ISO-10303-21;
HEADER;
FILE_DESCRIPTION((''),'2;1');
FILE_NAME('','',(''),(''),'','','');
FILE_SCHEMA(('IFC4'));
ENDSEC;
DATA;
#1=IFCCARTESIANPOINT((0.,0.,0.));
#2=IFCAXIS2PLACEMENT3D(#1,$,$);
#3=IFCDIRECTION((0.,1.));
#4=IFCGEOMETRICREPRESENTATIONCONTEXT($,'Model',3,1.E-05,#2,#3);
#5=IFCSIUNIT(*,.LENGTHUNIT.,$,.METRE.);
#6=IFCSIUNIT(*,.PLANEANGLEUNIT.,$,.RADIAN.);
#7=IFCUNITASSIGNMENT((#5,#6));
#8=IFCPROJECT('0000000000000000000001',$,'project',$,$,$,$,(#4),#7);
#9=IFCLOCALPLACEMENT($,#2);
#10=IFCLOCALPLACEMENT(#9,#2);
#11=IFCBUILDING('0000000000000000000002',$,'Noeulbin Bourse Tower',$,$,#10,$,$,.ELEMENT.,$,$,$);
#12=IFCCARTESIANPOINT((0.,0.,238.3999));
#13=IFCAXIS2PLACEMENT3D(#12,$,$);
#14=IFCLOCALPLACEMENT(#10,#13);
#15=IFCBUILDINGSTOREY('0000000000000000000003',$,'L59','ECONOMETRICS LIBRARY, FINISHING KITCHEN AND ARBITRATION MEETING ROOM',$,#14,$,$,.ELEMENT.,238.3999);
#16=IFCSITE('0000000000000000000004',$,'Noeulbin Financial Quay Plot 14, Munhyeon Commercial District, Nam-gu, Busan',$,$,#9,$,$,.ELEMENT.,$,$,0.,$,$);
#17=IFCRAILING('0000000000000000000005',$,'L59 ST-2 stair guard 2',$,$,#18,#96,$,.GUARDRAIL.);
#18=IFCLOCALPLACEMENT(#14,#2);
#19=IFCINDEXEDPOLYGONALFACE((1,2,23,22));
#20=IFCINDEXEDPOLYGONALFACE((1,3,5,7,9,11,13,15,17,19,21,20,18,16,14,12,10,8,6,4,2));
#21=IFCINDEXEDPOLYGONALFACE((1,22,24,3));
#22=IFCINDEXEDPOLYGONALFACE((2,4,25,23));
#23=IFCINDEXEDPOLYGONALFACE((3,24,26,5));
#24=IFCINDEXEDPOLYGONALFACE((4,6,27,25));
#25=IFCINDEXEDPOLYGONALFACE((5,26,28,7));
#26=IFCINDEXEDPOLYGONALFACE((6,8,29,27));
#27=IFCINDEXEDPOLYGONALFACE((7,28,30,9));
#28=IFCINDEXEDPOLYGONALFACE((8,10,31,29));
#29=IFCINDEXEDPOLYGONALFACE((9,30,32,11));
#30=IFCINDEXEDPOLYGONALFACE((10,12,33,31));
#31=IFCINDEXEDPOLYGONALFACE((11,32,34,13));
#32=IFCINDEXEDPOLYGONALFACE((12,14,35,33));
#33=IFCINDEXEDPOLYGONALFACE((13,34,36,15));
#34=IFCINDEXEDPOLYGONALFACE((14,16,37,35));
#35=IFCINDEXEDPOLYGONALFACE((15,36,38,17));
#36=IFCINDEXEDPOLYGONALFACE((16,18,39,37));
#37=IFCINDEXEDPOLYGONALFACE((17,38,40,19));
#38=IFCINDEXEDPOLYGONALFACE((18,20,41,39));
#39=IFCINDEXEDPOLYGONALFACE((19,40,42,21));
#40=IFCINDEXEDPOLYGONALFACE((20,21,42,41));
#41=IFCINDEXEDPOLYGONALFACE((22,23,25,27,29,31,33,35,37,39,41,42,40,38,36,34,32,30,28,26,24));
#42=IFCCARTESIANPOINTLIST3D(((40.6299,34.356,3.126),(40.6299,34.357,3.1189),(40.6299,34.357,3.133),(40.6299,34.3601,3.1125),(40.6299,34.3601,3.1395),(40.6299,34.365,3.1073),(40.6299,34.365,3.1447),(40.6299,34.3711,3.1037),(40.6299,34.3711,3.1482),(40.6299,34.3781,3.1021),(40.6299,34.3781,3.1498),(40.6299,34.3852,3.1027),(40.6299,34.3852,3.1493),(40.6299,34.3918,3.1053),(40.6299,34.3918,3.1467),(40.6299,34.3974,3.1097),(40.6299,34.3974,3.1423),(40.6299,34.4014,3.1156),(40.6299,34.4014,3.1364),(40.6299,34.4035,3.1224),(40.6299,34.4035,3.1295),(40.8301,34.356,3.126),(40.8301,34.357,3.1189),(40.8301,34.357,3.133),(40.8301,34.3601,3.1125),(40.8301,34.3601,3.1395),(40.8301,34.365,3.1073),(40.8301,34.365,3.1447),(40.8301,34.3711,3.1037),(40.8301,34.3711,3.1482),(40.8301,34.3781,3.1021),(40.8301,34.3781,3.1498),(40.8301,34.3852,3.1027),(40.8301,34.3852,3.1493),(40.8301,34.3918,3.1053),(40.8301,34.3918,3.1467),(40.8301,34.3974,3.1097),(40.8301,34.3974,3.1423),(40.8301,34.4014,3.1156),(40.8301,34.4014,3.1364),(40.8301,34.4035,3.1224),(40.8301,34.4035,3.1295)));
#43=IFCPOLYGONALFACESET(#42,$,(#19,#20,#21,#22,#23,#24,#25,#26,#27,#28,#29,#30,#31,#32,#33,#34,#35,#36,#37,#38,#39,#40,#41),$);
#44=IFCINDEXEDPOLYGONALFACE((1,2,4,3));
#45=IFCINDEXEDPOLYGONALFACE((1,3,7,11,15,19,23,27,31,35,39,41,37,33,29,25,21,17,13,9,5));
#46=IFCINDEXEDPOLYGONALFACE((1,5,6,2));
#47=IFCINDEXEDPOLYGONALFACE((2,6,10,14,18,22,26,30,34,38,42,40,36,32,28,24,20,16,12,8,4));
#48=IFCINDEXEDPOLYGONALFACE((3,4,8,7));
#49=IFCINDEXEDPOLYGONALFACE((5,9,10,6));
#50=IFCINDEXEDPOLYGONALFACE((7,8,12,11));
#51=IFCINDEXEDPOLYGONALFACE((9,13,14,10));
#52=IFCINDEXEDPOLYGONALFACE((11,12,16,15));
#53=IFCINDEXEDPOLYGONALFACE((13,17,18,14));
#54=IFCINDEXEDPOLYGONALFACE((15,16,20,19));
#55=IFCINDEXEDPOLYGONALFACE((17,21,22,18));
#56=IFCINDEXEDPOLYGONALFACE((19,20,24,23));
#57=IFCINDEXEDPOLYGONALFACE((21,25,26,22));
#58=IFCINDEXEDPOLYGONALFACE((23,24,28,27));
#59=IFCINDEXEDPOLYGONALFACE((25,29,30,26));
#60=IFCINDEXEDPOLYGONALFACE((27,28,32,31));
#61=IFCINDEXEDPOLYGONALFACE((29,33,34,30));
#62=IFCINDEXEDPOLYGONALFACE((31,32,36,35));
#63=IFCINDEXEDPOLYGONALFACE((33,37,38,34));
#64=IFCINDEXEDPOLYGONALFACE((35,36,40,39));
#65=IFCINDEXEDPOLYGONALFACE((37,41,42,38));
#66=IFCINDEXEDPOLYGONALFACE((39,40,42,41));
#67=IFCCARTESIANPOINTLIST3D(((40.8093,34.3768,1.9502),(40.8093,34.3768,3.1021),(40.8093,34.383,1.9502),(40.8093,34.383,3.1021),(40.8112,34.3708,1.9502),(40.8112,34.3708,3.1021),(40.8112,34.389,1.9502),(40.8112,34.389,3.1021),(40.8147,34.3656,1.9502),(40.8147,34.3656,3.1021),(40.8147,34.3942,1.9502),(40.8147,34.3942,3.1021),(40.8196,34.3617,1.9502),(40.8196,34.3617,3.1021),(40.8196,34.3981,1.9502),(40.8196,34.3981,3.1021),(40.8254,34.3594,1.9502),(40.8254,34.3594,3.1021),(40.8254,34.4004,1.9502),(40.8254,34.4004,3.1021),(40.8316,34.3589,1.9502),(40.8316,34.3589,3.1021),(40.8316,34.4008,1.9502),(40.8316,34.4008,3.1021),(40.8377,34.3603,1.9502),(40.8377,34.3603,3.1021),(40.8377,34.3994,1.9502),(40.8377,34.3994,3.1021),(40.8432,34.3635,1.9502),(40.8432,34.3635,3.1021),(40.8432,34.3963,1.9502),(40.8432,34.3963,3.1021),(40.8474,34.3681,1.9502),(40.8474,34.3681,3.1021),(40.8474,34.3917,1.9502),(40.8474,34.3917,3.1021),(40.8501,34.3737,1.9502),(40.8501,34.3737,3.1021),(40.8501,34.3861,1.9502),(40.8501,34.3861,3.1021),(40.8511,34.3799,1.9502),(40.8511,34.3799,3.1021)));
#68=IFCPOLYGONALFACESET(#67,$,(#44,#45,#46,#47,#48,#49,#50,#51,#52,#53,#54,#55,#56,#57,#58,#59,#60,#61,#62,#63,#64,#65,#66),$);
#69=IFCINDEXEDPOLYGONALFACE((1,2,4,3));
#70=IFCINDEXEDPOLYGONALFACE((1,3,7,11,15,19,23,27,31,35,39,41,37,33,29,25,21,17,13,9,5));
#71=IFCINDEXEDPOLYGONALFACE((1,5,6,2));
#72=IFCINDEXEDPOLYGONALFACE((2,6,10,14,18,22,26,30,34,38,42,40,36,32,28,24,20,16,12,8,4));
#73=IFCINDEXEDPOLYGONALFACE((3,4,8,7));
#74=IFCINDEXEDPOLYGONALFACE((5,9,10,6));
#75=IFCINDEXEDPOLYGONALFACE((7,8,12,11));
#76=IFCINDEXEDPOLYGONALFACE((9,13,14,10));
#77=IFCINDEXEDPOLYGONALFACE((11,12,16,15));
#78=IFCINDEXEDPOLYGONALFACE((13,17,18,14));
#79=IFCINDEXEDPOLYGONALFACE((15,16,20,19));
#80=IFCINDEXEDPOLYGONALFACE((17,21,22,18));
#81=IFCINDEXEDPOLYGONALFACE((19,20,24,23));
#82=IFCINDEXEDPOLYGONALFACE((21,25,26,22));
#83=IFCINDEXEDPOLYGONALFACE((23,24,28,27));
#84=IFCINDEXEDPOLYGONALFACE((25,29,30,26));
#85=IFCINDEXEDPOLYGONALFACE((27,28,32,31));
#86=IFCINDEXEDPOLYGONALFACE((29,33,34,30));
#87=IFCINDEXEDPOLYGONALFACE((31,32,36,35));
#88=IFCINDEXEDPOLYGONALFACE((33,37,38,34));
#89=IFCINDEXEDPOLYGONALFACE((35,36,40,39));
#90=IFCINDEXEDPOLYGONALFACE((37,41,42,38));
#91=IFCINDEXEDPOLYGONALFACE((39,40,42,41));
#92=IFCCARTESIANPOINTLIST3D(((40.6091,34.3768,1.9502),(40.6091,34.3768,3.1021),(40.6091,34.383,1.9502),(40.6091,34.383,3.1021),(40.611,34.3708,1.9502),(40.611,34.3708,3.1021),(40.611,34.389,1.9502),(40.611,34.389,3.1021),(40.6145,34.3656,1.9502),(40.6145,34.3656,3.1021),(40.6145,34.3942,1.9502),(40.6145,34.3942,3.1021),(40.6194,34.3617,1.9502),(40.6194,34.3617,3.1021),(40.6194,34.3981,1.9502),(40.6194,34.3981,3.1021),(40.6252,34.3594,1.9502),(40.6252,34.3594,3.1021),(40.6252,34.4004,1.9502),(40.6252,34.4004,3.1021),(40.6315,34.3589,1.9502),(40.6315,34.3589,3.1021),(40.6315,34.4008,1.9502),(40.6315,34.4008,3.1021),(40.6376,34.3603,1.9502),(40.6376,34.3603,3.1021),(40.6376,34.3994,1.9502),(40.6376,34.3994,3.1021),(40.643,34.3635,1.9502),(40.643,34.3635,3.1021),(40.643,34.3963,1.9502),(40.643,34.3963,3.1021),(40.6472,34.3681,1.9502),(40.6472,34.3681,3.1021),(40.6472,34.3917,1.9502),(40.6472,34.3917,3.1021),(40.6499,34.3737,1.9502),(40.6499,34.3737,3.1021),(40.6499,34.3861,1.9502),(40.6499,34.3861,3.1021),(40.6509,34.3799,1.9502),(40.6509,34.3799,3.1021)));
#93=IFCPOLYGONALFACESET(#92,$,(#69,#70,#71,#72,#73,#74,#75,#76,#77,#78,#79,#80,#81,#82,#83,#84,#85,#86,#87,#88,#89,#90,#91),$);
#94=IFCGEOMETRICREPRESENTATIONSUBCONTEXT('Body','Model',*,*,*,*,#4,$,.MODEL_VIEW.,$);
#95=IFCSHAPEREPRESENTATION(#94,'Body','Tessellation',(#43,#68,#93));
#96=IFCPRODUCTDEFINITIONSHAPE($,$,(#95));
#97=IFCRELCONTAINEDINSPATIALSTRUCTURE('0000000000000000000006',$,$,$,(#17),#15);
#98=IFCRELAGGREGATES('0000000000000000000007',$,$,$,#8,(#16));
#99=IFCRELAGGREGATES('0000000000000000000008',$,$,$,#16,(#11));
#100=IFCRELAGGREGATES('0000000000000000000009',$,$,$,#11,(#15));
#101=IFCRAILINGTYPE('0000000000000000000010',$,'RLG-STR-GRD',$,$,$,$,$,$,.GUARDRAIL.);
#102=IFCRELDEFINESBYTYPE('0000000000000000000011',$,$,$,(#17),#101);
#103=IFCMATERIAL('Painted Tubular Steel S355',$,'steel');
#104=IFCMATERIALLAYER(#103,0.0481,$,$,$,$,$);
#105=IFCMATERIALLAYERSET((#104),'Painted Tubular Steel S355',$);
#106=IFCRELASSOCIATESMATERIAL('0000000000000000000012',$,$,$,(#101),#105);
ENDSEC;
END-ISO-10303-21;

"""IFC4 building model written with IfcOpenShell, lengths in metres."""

from ifc_helpers import new_model, si_unit, direction, frame, origin, origin_2d, place, context, subcontext, project, spatial, circle, extrude, material, layer, layer_set, type_object, element, save


model = new_model("IFC4")

# Units and contexts
model_context = context("Model", 3, precision=1e-05, world=origin(), true_north=direction((0.0, 1.0)))
body_context = subcontext(model_context, "Body", "Model", "MODEL_VIEW")
ifc_project = project(units=[si_unit("LENGTHUNIT", "METRE"), si_unit("PLANEANGLEUNIT", "RADIAN")], contexts=[model_context])

# Site, building, storey
site_placement = place(None, origin())
site = spatial("IfcSite", under=ifc_project, at=site_placement, Name="Noeulbin Financial Quay Plot 14, Munhyeon Commercial District, Nam-gu, Busan", CompositionType="ELEMENT", RefElevation=0.0)
building_placement = place(site_placement, origin())
building = spatial("IfcBuilding", under=site, at=building_placement, Name="Noeulbin Bourse Tower", CompositionType="ELEMENT")
storey_placement = place(building_placement, frame((0.0, 0.0, 238.3999)))
storey = spatial("IfcBuildingStorey", under=building, at=storey_placement, Name="L59", Description="ECONOMETRICS LIBRARY, FINISHING KITCHEN AND ARBITRATION MEETING ROOM", CompositionType="ELEMENT", Elevation=238.3999)

# Railing
ifc_material_1 = material(Name="Painted Tubular Steel S355", Category="steel")
ifc_layer_1 = layer(ifc_material_1, 0.0481)
ifc_layer_set_1 = layer_set([ifc_layer_1], Name="Painted Tubular Steel S355")
railing_type_1 = type_object("IfcRailingType", Name="RLG-STR-GRD", PredefinedType="GUARDRAIL", material=ifc_layer_set_1)
railing_1_placement = place(storey_placement, frame((40.8301, 34.3799, 1.9502)))
element("IfcRailing", 1, at=railing_1_placement, inside=storey, type_object=railing_type_1, Name="L59 ST-2 stair guard 2", PredefinedType="GUARDRAIL", context=body_context, shape_type="SweptSolid", body=[
    extrude(circle(Radius=0.0239, at=origin_2d()), frame((0.0, 0.0, 1.1758), z_axis=(-1.0, 0.0, 0.0), x_axis=(0.0, -1.0, 0.0)), (0.0, 0.0, 1.0), 0.2002),
    extrude(circle(Radius=0.021, at=origin_2d()), origin(), (0.0, 0.0, 1.0), 1.1519),
    extrude(circle(Radius=0.021, at=origin_2d()), frame((-0.2002, 0.0, 0.0)), (0.0, 0.0, 1.0), 1.1519),
])

save(model, "model.ifc")
